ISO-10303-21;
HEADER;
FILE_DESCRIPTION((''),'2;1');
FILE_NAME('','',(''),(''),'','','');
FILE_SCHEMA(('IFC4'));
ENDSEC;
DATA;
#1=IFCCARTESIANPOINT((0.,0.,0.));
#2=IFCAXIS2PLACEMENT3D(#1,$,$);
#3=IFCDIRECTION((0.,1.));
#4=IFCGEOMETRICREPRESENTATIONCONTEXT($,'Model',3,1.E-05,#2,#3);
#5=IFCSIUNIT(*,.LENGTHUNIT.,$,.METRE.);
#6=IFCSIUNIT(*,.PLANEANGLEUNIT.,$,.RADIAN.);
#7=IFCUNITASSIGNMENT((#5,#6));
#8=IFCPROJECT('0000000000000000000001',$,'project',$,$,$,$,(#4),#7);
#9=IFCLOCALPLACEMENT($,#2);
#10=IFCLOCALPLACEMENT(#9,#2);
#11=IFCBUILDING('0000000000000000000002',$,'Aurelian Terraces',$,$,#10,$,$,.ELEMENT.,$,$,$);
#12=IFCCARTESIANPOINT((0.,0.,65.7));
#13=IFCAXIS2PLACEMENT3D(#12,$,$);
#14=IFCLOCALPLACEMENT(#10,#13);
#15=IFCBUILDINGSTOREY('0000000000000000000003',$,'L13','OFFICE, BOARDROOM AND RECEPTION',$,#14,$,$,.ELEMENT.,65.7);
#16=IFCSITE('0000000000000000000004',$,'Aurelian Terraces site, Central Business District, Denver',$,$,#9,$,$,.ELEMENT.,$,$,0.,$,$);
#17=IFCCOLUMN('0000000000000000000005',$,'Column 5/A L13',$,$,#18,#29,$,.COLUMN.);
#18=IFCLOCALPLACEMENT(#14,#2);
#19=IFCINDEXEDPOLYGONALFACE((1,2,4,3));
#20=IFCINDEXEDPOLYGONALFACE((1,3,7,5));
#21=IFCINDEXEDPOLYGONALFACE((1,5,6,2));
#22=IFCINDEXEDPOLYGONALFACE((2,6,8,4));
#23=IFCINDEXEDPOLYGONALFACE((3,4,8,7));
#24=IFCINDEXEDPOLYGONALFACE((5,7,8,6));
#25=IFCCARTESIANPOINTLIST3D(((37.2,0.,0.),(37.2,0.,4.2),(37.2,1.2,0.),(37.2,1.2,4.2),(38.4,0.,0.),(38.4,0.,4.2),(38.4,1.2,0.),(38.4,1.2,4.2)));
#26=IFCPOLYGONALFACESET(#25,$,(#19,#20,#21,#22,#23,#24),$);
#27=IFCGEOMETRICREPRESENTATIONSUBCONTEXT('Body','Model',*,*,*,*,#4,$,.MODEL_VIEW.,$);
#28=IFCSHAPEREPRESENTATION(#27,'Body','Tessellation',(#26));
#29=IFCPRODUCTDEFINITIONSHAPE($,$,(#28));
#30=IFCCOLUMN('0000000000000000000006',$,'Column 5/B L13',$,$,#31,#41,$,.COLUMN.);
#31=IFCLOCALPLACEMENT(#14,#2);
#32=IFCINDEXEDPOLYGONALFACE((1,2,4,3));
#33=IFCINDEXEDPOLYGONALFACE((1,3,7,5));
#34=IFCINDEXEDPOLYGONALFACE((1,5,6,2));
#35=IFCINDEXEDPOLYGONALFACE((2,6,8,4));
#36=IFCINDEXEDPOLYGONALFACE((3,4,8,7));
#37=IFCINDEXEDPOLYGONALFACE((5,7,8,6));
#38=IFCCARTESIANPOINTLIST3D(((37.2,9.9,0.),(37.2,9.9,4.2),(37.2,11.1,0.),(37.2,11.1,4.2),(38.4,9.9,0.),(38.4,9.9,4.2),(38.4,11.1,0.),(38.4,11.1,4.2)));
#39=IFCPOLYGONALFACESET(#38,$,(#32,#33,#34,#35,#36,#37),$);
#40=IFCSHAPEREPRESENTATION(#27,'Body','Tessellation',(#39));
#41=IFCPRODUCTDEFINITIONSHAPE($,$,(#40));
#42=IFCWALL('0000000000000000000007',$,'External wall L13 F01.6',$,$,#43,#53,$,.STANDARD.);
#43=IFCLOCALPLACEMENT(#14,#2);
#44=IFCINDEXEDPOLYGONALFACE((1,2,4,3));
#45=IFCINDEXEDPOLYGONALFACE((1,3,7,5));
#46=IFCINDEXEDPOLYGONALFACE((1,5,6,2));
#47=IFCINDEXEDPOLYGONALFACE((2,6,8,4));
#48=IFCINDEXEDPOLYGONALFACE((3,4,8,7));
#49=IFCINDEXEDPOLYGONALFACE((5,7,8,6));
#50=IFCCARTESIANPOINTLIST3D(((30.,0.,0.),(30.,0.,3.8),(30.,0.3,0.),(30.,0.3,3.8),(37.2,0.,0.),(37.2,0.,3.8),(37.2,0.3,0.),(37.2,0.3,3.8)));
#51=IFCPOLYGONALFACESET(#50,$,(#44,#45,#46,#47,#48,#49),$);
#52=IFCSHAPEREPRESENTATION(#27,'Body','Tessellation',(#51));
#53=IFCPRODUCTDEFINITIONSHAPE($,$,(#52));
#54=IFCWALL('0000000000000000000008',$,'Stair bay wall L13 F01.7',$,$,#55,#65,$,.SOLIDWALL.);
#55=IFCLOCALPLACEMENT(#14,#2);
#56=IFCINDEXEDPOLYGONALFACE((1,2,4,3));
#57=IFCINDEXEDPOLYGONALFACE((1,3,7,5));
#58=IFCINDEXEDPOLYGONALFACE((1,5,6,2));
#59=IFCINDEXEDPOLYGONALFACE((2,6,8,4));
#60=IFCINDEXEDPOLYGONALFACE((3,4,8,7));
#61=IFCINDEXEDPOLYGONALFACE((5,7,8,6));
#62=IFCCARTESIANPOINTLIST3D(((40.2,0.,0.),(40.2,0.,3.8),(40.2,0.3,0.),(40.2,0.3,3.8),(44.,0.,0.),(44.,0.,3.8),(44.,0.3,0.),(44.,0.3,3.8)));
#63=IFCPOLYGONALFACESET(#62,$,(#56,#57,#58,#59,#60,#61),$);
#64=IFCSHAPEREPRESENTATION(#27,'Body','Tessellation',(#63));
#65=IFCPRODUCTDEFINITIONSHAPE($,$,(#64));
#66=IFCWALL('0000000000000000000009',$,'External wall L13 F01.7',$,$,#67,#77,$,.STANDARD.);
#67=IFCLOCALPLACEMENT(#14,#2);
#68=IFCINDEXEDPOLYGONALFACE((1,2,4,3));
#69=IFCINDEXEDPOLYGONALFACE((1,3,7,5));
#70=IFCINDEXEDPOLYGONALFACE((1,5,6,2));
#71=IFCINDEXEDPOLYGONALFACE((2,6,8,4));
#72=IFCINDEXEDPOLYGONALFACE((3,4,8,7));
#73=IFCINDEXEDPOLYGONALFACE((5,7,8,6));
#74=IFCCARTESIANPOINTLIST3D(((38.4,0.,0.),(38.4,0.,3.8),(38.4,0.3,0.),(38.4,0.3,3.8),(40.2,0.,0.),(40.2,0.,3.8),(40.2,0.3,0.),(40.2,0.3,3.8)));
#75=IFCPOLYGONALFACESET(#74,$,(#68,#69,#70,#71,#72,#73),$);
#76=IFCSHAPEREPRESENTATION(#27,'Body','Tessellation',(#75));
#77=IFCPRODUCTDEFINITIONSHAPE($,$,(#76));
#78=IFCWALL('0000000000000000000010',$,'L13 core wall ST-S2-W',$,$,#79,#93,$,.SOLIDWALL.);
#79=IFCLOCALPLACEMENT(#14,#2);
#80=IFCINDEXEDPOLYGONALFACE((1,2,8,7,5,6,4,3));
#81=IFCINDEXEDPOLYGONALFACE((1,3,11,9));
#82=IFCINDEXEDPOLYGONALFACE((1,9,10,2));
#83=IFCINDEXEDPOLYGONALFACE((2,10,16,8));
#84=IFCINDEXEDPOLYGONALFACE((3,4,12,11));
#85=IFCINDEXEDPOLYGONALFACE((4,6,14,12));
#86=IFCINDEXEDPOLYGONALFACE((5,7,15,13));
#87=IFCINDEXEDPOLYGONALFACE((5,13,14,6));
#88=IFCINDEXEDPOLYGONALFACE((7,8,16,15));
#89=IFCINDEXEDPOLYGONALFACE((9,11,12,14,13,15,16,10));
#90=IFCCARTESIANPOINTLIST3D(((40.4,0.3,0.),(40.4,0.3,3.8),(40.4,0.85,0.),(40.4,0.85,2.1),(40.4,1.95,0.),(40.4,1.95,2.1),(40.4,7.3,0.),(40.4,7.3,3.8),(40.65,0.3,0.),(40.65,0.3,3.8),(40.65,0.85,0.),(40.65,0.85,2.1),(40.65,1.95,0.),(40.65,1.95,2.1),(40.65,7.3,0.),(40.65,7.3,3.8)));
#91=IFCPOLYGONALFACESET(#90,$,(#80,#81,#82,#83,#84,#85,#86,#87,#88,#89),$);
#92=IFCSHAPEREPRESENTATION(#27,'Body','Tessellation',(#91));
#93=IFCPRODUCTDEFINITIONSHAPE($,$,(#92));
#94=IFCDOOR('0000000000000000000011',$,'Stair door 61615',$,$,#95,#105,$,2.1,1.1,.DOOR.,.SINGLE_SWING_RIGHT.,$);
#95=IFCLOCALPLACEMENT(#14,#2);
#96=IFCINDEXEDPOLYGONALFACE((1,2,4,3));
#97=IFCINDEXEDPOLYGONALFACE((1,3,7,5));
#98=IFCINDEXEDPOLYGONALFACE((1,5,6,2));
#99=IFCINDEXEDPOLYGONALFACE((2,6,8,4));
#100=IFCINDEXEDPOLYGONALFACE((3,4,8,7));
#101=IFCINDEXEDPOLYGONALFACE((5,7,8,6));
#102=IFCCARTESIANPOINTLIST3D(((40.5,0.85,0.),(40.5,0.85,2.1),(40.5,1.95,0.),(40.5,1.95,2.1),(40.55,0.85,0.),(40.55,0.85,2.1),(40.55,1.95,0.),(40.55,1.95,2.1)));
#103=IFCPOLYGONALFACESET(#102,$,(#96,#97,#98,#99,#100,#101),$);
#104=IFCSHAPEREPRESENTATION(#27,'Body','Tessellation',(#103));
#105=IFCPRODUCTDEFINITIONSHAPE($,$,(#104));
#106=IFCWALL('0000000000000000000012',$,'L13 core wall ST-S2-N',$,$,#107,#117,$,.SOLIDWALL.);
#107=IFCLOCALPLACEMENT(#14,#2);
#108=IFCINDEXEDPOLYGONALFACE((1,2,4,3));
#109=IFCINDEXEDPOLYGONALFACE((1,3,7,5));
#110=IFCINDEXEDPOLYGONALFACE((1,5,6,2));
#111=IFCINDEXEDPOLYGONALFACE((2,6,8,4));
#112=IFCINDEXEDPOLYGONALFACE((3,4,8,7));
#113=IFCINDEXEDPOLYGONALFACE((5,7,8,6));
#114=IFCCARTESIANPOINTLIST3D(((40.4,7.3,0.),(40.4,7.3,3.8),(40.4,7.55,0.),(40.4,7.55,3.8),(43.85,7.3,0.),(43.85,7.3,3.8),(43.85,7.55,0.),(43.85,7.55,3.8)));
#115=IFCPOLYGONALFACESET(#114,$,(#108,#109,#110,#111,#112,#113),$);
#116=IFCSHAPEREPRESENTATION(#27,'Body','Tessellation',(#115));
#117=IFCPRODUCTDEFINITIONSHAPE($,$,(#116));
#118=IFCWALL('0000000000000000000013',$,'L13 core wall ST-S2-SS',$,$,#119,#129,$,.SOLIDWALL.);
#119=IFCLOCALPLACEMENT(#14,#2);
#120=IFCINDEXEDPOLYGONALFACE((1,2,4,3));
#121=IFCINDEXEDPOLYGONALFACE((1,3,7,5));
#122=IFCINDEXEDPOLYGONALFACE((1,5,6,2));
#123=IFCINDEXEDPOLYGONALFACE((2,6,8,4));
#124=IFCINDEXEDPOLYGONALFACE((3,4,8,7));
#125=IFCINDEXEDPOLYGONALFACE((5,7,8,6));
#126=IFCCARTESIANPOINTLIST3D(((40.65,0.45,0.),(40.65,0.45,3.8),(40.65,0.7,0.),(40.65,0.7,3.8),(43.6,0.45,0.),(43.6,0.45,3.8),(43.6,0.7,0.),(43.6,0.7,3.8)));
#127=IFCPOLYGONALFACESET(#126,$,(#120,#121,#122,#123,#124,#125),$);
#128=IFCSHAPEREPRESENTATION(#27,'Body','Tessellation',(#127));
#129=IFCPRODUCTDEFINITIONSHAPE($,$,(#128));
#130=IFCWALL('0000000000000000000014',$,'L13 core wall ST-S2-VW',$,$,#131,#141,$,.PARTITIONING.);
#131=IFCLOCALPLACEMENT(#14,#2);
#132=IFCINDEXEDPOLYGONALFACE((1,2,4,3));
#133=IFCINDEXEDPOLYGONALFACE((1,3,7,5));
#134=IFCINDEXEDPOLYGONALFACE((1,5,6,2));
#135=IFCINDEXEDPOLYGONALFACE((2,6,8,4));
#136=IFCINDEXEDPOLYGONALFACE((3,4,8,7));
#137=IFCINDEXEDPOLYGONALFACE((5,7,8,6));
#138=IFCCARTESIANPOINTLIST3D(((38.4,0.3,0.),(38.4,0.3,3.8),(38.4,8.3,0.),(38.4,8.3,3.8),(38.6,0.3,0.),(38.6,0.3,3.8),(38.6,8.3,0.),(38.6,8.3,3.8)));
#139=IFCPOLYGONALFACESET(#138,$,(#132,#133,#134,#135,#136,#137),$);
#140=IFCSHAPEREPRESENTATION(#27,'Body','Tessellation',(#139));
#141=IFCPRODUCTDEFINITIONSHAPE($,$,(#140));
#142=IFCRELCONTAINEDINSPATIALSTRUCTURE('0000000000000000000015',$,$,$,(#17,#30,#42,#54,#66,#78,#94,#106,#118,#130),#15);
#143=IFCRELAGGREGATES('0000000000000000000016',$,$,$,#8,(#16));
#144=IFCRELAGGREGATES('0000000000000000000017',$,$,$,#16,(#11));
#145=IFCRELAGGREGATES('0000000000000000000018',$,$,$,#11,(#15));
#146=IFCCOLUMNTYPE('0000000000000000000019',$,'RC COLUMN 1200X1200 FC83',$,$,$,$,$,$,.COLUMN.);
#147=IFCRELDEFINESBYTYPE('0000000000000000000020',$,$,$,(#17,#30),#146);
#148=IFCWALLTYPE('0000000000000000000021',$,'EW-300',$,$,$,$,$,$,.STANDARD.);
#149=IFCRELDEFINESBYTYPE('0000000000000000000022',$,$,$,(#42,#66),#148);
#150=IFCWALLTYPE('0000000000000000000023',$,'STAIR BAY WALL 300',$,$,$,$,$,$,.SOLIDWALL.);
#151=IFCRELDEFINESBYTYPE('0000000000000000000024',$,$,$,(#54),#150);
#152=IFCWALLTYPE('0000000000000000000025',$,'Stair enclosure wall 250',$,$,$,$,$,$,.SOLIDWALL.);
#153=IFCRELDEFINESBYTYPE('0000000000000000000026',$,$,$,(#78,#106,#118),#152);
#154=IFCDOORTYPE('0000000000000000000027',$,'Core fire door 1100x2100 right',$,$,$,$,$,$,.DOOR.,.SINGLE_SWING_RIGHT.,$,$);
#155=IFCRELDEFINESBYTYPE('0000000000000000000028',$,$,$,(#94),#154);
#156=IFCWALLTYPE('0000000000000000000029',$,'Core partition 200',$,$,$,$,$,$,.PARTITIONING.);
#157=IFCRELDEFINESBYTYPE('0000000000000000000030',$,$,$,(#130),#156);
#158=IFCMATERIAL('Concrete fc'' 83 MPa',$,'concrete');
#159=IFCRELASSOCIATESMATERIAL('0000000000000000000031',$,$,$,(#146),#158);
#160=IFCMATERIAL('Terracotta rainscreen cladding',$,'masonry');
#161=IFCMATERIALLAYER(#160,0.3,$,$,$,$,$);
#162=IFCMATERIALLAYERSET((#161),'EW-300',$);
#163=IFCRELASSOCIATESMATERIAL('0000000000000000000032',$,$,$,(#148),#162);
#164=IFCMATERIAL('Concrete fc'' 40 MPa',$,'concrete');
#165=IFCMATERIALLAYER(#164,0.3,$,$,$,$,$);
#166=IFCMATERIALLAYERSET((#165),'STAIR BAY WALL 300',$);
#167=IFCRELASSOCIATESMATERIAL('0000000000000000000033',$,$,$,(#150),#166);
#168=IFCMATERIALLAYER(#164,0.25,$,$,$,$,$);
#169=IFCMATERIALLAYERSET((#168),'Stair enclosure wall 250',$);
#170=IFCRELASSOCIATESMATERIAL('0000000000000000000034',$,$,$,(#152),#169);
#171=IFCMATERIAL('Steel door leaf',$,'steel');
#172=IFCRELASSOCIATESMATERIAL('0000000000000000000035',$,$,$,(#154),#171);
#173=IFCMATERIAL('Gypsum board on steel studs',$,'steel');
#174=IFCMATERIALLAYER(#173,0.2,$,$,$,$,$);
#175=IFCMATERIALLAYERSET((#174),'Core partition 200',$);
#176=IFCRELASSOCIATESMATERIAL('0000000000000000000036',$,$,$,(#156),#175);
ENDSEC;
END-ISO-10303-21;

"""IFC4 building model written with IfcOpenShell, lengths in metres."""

from ifc_helpers import new_model, si_unit, direction, frame, frame_2d, origin, origin_2d, place, context, subcontext, project, spatial, rectangle, extrude, source, transform, mapped, material, layer, layer_set, material_profile, profile_set, type_object, element, fill, save


model = new_model("IFC4")

# Units and contexts
model_context = context("Model", 3, precision=1e-05, world=origin(), true_north=direction((0.0, 1.0)))
body_context = subcontext(model_context, "Body", "Model", "MODEL_VIEW")
ifc_project = project(units=[si_unit("LENGTHUNIT", "METRE"), si_unit("PLANEANGLEUNIT", "RADIAN")], contexts=[model_context])

# Site, building, storey
site_placement = place(None, origin())
site = spatial("IfcSite", under=ifc_project, at=site_placement, Name="Aurelian Terraces site, Central Business District, Denver", CompositionType="ELEMENT", RefElevation=0.0)
building_placement = place(site_placement, origin())
building = spatial("IfcBuilding", under=site, at=building_placement, Name="Aurelian Terraces", CompositionType="ELEMENT")
storey_placement = place(building_placement, frame((0.0, 0.0, 65.7)))
storey = spatial("IfcBuildingStorey", under=building, at=storey_placement, Name="L13", Description="OFFICE, BOARDROOM AND RECEPTION", CompositionType="ELEMENT", Elevation=65.7)

# Columns
ifc_material_1 = material(Name="Concrete fc' 83 MPa", Category="concrete")
ifc_material_profile = material_profile(ifc_material_1, rectangle(XDim=1.2, YDim=1.2, at=origin_2d()))
ifc_profile_set = profile_set([ifc_material_profile], Name="Concrete fc' 83 MPa")
column_type = type_object("IfcColumnType", Name="RC COLUMN 1200X1200 FC83", PredefinedType="COLUMN", material=ifc_profile_set)
shared_shape_1 = source(origin(), body_context, "Body", "SweptSolid", [
    extrude(rectangle(XDim=1.2, YDim=1.2, at=origin_2d()), origin(), (0.0, 0.0, 1.0), 4.2),
])
for number, where, z_axis, x_axis, name in (
    (1, (37.8, 0.6, 0.0), (0.0, 0.0, 1.0), (1.0, 0.0, 0.0), "Column 5/A L13"),
    (2, (37.8, 10.5, 0.0), (0.0, 0.0, 1.0), (1.0, 0.0, 0.0), "Column 5/B L13"),
):
    element("IfcColumn", number, at=place(storey_placement, frame(where, z_axis=z_axis, x_axis=x_axis)), inside=storey, type_object=column_type, Name=name, PredefinedType="COLUMN", context=body_context, shape_type="MappedRepresentation", body=[
        mapped(shared_shape_1, transform((0.0, 0.0, 0.0), scale=1.0)),
    ])

# Walls
ifc_material_2 = material(Name="Terracotta rainscreen cladding", Category="masonry")
ifc_layer_1 = layer(ifc_material_2, 0.3)
ifc_layer_set_1 = layer_set([ifc_layer_1], Name="EW-300")
wall_type_1 = type_object("IfcWallType", Name="EW-300", PredefinedType="STANDARD", material=ifc_layer_set_1)
shared_shape_2 = source(origin(), body_context, "Body", "SweptSolid", [
    extrude(rectangle(XDim=7.2, YDim=0.3, at=frame_2d((3.6, 0.0))), origin(), (0.0, 0.0, 1.0), 3.8),
])
wall_1_placement = place(storey_placement, frame((30.0, 0.15, 0.0), z_axis=(0.0, 0.0, 1.0), x_axis=(1.0, 0.0, 0.0)))
element("IfcWall", 3, at=wall_1_placement, inside=storey, type_object=wall_type_1, Name="External wall L13 F01.6", PredefinedType="STANDARD", context=body_context, shape_type="MappedRepresentation", body=[
    mapped(shared_shape_2, transform((0.0, 0.0, 0.0), scale=1.0)),
])
ifc_material_3 = material(Name="Concrete fc' 40 MPa", Category="concrete")
ifc_layer_2 = layer(ifc_material_3, 0.3)
ifc_layer_set_2 = layer_set([ifc_layer_2], Name="STAIR BAY WALL 300")
wall_type_2 = type_object("IfcWallType", Name="STAIR BAY WALL 300", PredefinedType="SOLIDWALL", material=ifc_layer_set_2)
shared_shape_3 = source(origin(), body_context, "Body", "SweptSolid", [
    extrude(rectangle(XDim=3.8, YDim=0.3, at=frame_2d((1.9, 0.0))), origin(), (0.0, 0.0, 1.0), 3.8),
])
wall_2_placement = place(storey_placement, frame((40.2, 0.15, 0.0), z_axis=(0.0, 0.0, 1.0), x_axis=(1.0, 0.0, 0.0)))
element("IfcWall", 4, at=wall_2_placement, inside=storey, type_object=wall_type_2, Name="Stair bay wall L13 F01.7", PredefinedType="SOLIDWALL", context=body_context, shape_type="MappedRepresentation", body=[
    mapped(shared_shape_3, transform((0.0, 0.0, 0.0), scale=1.0)),
])
shared_shape_4 = source(origin(), body_context, "Body", "SweptSolid", [
    extrude(rectangle(XDim=1.8, YDim=0.3, at=frame_2d((0.9, 0.0))), origin(), (0.0, 0.0, 1.0), 3.8),
])
wall_3_placement = place(storey_placement, frame((38.4, 0.15, 0.0), z_axis=(0.0, 0.0, 1.0), x_axis=(1.0, 0.0, 0.0)))
element("IfcWall", 5, at=wall_3_placement, inside=storey, type_object=wall_type_1, Name="External wall L13 F01.7", PredefinedType="STANDARD", context=body_context, shape_type="MappedRepresentation", body=[
    mapped(shared_shape_4, transform((0.0, 0.0, 0.0), scale=1.0)),
])

# Wall, opening, door
ifc_layer_3 = layer(ifc_material_3, 0.25)
ifc_layer_set_3 = layer_set([ifc_layer_3], Name="Stair enclosure wall 250")
wall_type_3 = type_object("IfcWallType", Name="Stair enclosure wall 250", PredefinedType="SOLIDWALL", material=ifc_layer_set_3)
shared_shape_5 = source(origin(), body_context, "Body", "SweptSolid", [
    extrude(rectangle(XDim=7.0, YDim=0.25, at=frame_2d((3.5, 0.0))), origin(), (0.0, 0.0, 1.0), 3.8),
])
wall_4_placement = place(storey_placement, frame((40.525, 0.3, 0.0), z_axis=(0.0, 0.0, 1.0), x_axis=(0.0, 1.0, 0.0)))
wall_4 = element("IfcWall", 6, at=wall_4_placement, inside=storey, type_object=wall_type_3, Name="L13 core wall ST-S2-W", PredefinedType="SOLIDWALL", context=body_context, shape_type="MappedRepresentation", body=[
    mapped(shared_shape_5, transform((0.0, 0.0, 0.0), scale=1.0)),
])
shared_shape_6 = source(origin(), body_context, "Body", "SweptSolid", [
    extrude(rectangle(XDim=1.1, YDim=2.1, at=frame_2d((0.55, 1.05))), frame((0.0, 0.135, 0.0), z_axis=(0.0, -1.0, 0.0), x_axis=(1.0, 0.0, 0.0)), (0.0, 0.0, 1.0), 0.27),
])
opening_1_placement = place(wall_4_placement, frame((0.55, 0.0, 0.0)))
opening_1 = element("IfcOpeningElement", 7, at=opening_1_placement, cuts=wall_4, PredefinedType="OPENING", context=body_context, shape_type="MappedRepresentation", body=[
    mapped(shared_shape_6, transform((0.0, 0.0, 0.0), scale=1.0)),
])
ifc_material_4 = material(Name="Steel door leaf", Category="steel")
door_type_1 = type_object("IfcDoorType", Name="Core fire door 1100x2100 right", OperationType="SINGLE_SWING_RIGHT", PredefinedType="DOOR", material=ifc_material_4)
shared_shape_7 = source(origin(), body_context, "Body", "SweptSolid", [
    extrude(rectangle(XDim=1.1, YDim=2.1, at=frame_2d((0.55, 1.05))), frame((0.0, 0.025, 0.0), z_axis=(0.0, -1.0, 0.0), x_axis=(1.0, 0.0, 0.0)), (0.0, 0.0, 1.0), 0.05),
])
door_1_placement = place(opening_1_placement, origin())
door_1 = element("IfcDoor", 8, at=door_1_placement, inside=storey, type_object=door_type_1, Name="Stair door 61615", OperationType="SINGLE_SWING_RIGHT", OverallHeight=2.1, OverallWidth=1.1, PredefinedType="DOOR", context=body_context, shape_type="MappedRepresentation", body=[
    mapped(shared_shape_7, transform((0.0, 0.0, 0.0), scale=1.0)),
])
fill(opening_1, door_1)

# Walls
shared_shape_8 = source(origin(), body_context, "Body", "SweptSolid", [
    extrude(rectangle(XDim=3.45, YDim=0.25, at=frame_2d((1.725, 0.0))), origin(), (0.0, 0.0, 1.0), 3.8),
])
wall_5_placement = place(storey_placement, frame((40.4, 7.425, 0.0), z_axis=(0.0, 0.0, 1.0), x_axis=(1.0, 0.0, 0.0)))
element("IfcWall", 9, at=wall_5_placement, inside=storey, type_object=wall_type_3, Name="L13 core wall ST-S2-N", PredefinedType="SOLIDWALL", context=body_context, shape_type="MappedRepresentation", body=[
    mapped(shared_shape_8, transform((0.0, 0.0, 0.0), scale=1.0)),
])
shared_shape_9 = source(origin(), body_context, "Body", "SweptSolid", [
    extrude(rectangle(XDim=2.95, YDim=0.25, at=frame_2d((1.475, 0.0))), origin(), (0.0, 0.0, 1.0), 3.8),
])
wall_6_placement = place(storey_placement, frame((40.65, 0.575, 0.0), z_axis=(0.0, 0.0, 1.0), x_axis=(1.0, 0.0, 0.0)))
element("IfcWall", 10, at=wall_6_placement, inside=storey, type_object=wall_type_3, Name="L13 core wall ST-S2-SS", PredefinedType="SOLIDWALL", context=body_context, shape_type="MappedRepresentation", body=[
    mapped(shared_shape_9, transform((0.0, 0.0, 0.0), scale=1.0)),
])
ifc_material_5 = material(Name="Gypsum board on steel studs", Category="steel")
ifc_layer_4 = layer(ifc_material_5, 0.2)
ifc_layer_set_4 = layer_set([ifc_layer_4], Name="Core partition 200")
wall_type_4 = type_object("IfcWallType", Name="Core partition 200", PredefinedType="PARTITIONING", material=ifc_layer_set_4)
shared_shape_10 = source(origin(), body_context, "Body", "SweptSolid", [
    extrude(rectangle(XDim=8.0, YDim=0.2, at=frame_2d((4.0, 0.0))), origin(), (0.0, 0.0, 1.0), 3.8),
])
wall_7_placement = place(storey_placement, frame((38.5, 0.3, 0.0), z_axis=(0.0, 0.0, 1.0), x_axis=(0.0, 1.0, 0.0)))
element("IfcWall", 11, at=wall_7_placement, inside=storey, type_object=wall_type_4, Name="L13 core wall ST-S2-VW", PredefinedType="PARTITIONING", context=body_context, shape_type="MappedRepresentation", body=[
    mapped(shared_shape_10, transform((0.0, 0.0, 0.0), scale=1.0)),
])

save(model, "model.ifc")
